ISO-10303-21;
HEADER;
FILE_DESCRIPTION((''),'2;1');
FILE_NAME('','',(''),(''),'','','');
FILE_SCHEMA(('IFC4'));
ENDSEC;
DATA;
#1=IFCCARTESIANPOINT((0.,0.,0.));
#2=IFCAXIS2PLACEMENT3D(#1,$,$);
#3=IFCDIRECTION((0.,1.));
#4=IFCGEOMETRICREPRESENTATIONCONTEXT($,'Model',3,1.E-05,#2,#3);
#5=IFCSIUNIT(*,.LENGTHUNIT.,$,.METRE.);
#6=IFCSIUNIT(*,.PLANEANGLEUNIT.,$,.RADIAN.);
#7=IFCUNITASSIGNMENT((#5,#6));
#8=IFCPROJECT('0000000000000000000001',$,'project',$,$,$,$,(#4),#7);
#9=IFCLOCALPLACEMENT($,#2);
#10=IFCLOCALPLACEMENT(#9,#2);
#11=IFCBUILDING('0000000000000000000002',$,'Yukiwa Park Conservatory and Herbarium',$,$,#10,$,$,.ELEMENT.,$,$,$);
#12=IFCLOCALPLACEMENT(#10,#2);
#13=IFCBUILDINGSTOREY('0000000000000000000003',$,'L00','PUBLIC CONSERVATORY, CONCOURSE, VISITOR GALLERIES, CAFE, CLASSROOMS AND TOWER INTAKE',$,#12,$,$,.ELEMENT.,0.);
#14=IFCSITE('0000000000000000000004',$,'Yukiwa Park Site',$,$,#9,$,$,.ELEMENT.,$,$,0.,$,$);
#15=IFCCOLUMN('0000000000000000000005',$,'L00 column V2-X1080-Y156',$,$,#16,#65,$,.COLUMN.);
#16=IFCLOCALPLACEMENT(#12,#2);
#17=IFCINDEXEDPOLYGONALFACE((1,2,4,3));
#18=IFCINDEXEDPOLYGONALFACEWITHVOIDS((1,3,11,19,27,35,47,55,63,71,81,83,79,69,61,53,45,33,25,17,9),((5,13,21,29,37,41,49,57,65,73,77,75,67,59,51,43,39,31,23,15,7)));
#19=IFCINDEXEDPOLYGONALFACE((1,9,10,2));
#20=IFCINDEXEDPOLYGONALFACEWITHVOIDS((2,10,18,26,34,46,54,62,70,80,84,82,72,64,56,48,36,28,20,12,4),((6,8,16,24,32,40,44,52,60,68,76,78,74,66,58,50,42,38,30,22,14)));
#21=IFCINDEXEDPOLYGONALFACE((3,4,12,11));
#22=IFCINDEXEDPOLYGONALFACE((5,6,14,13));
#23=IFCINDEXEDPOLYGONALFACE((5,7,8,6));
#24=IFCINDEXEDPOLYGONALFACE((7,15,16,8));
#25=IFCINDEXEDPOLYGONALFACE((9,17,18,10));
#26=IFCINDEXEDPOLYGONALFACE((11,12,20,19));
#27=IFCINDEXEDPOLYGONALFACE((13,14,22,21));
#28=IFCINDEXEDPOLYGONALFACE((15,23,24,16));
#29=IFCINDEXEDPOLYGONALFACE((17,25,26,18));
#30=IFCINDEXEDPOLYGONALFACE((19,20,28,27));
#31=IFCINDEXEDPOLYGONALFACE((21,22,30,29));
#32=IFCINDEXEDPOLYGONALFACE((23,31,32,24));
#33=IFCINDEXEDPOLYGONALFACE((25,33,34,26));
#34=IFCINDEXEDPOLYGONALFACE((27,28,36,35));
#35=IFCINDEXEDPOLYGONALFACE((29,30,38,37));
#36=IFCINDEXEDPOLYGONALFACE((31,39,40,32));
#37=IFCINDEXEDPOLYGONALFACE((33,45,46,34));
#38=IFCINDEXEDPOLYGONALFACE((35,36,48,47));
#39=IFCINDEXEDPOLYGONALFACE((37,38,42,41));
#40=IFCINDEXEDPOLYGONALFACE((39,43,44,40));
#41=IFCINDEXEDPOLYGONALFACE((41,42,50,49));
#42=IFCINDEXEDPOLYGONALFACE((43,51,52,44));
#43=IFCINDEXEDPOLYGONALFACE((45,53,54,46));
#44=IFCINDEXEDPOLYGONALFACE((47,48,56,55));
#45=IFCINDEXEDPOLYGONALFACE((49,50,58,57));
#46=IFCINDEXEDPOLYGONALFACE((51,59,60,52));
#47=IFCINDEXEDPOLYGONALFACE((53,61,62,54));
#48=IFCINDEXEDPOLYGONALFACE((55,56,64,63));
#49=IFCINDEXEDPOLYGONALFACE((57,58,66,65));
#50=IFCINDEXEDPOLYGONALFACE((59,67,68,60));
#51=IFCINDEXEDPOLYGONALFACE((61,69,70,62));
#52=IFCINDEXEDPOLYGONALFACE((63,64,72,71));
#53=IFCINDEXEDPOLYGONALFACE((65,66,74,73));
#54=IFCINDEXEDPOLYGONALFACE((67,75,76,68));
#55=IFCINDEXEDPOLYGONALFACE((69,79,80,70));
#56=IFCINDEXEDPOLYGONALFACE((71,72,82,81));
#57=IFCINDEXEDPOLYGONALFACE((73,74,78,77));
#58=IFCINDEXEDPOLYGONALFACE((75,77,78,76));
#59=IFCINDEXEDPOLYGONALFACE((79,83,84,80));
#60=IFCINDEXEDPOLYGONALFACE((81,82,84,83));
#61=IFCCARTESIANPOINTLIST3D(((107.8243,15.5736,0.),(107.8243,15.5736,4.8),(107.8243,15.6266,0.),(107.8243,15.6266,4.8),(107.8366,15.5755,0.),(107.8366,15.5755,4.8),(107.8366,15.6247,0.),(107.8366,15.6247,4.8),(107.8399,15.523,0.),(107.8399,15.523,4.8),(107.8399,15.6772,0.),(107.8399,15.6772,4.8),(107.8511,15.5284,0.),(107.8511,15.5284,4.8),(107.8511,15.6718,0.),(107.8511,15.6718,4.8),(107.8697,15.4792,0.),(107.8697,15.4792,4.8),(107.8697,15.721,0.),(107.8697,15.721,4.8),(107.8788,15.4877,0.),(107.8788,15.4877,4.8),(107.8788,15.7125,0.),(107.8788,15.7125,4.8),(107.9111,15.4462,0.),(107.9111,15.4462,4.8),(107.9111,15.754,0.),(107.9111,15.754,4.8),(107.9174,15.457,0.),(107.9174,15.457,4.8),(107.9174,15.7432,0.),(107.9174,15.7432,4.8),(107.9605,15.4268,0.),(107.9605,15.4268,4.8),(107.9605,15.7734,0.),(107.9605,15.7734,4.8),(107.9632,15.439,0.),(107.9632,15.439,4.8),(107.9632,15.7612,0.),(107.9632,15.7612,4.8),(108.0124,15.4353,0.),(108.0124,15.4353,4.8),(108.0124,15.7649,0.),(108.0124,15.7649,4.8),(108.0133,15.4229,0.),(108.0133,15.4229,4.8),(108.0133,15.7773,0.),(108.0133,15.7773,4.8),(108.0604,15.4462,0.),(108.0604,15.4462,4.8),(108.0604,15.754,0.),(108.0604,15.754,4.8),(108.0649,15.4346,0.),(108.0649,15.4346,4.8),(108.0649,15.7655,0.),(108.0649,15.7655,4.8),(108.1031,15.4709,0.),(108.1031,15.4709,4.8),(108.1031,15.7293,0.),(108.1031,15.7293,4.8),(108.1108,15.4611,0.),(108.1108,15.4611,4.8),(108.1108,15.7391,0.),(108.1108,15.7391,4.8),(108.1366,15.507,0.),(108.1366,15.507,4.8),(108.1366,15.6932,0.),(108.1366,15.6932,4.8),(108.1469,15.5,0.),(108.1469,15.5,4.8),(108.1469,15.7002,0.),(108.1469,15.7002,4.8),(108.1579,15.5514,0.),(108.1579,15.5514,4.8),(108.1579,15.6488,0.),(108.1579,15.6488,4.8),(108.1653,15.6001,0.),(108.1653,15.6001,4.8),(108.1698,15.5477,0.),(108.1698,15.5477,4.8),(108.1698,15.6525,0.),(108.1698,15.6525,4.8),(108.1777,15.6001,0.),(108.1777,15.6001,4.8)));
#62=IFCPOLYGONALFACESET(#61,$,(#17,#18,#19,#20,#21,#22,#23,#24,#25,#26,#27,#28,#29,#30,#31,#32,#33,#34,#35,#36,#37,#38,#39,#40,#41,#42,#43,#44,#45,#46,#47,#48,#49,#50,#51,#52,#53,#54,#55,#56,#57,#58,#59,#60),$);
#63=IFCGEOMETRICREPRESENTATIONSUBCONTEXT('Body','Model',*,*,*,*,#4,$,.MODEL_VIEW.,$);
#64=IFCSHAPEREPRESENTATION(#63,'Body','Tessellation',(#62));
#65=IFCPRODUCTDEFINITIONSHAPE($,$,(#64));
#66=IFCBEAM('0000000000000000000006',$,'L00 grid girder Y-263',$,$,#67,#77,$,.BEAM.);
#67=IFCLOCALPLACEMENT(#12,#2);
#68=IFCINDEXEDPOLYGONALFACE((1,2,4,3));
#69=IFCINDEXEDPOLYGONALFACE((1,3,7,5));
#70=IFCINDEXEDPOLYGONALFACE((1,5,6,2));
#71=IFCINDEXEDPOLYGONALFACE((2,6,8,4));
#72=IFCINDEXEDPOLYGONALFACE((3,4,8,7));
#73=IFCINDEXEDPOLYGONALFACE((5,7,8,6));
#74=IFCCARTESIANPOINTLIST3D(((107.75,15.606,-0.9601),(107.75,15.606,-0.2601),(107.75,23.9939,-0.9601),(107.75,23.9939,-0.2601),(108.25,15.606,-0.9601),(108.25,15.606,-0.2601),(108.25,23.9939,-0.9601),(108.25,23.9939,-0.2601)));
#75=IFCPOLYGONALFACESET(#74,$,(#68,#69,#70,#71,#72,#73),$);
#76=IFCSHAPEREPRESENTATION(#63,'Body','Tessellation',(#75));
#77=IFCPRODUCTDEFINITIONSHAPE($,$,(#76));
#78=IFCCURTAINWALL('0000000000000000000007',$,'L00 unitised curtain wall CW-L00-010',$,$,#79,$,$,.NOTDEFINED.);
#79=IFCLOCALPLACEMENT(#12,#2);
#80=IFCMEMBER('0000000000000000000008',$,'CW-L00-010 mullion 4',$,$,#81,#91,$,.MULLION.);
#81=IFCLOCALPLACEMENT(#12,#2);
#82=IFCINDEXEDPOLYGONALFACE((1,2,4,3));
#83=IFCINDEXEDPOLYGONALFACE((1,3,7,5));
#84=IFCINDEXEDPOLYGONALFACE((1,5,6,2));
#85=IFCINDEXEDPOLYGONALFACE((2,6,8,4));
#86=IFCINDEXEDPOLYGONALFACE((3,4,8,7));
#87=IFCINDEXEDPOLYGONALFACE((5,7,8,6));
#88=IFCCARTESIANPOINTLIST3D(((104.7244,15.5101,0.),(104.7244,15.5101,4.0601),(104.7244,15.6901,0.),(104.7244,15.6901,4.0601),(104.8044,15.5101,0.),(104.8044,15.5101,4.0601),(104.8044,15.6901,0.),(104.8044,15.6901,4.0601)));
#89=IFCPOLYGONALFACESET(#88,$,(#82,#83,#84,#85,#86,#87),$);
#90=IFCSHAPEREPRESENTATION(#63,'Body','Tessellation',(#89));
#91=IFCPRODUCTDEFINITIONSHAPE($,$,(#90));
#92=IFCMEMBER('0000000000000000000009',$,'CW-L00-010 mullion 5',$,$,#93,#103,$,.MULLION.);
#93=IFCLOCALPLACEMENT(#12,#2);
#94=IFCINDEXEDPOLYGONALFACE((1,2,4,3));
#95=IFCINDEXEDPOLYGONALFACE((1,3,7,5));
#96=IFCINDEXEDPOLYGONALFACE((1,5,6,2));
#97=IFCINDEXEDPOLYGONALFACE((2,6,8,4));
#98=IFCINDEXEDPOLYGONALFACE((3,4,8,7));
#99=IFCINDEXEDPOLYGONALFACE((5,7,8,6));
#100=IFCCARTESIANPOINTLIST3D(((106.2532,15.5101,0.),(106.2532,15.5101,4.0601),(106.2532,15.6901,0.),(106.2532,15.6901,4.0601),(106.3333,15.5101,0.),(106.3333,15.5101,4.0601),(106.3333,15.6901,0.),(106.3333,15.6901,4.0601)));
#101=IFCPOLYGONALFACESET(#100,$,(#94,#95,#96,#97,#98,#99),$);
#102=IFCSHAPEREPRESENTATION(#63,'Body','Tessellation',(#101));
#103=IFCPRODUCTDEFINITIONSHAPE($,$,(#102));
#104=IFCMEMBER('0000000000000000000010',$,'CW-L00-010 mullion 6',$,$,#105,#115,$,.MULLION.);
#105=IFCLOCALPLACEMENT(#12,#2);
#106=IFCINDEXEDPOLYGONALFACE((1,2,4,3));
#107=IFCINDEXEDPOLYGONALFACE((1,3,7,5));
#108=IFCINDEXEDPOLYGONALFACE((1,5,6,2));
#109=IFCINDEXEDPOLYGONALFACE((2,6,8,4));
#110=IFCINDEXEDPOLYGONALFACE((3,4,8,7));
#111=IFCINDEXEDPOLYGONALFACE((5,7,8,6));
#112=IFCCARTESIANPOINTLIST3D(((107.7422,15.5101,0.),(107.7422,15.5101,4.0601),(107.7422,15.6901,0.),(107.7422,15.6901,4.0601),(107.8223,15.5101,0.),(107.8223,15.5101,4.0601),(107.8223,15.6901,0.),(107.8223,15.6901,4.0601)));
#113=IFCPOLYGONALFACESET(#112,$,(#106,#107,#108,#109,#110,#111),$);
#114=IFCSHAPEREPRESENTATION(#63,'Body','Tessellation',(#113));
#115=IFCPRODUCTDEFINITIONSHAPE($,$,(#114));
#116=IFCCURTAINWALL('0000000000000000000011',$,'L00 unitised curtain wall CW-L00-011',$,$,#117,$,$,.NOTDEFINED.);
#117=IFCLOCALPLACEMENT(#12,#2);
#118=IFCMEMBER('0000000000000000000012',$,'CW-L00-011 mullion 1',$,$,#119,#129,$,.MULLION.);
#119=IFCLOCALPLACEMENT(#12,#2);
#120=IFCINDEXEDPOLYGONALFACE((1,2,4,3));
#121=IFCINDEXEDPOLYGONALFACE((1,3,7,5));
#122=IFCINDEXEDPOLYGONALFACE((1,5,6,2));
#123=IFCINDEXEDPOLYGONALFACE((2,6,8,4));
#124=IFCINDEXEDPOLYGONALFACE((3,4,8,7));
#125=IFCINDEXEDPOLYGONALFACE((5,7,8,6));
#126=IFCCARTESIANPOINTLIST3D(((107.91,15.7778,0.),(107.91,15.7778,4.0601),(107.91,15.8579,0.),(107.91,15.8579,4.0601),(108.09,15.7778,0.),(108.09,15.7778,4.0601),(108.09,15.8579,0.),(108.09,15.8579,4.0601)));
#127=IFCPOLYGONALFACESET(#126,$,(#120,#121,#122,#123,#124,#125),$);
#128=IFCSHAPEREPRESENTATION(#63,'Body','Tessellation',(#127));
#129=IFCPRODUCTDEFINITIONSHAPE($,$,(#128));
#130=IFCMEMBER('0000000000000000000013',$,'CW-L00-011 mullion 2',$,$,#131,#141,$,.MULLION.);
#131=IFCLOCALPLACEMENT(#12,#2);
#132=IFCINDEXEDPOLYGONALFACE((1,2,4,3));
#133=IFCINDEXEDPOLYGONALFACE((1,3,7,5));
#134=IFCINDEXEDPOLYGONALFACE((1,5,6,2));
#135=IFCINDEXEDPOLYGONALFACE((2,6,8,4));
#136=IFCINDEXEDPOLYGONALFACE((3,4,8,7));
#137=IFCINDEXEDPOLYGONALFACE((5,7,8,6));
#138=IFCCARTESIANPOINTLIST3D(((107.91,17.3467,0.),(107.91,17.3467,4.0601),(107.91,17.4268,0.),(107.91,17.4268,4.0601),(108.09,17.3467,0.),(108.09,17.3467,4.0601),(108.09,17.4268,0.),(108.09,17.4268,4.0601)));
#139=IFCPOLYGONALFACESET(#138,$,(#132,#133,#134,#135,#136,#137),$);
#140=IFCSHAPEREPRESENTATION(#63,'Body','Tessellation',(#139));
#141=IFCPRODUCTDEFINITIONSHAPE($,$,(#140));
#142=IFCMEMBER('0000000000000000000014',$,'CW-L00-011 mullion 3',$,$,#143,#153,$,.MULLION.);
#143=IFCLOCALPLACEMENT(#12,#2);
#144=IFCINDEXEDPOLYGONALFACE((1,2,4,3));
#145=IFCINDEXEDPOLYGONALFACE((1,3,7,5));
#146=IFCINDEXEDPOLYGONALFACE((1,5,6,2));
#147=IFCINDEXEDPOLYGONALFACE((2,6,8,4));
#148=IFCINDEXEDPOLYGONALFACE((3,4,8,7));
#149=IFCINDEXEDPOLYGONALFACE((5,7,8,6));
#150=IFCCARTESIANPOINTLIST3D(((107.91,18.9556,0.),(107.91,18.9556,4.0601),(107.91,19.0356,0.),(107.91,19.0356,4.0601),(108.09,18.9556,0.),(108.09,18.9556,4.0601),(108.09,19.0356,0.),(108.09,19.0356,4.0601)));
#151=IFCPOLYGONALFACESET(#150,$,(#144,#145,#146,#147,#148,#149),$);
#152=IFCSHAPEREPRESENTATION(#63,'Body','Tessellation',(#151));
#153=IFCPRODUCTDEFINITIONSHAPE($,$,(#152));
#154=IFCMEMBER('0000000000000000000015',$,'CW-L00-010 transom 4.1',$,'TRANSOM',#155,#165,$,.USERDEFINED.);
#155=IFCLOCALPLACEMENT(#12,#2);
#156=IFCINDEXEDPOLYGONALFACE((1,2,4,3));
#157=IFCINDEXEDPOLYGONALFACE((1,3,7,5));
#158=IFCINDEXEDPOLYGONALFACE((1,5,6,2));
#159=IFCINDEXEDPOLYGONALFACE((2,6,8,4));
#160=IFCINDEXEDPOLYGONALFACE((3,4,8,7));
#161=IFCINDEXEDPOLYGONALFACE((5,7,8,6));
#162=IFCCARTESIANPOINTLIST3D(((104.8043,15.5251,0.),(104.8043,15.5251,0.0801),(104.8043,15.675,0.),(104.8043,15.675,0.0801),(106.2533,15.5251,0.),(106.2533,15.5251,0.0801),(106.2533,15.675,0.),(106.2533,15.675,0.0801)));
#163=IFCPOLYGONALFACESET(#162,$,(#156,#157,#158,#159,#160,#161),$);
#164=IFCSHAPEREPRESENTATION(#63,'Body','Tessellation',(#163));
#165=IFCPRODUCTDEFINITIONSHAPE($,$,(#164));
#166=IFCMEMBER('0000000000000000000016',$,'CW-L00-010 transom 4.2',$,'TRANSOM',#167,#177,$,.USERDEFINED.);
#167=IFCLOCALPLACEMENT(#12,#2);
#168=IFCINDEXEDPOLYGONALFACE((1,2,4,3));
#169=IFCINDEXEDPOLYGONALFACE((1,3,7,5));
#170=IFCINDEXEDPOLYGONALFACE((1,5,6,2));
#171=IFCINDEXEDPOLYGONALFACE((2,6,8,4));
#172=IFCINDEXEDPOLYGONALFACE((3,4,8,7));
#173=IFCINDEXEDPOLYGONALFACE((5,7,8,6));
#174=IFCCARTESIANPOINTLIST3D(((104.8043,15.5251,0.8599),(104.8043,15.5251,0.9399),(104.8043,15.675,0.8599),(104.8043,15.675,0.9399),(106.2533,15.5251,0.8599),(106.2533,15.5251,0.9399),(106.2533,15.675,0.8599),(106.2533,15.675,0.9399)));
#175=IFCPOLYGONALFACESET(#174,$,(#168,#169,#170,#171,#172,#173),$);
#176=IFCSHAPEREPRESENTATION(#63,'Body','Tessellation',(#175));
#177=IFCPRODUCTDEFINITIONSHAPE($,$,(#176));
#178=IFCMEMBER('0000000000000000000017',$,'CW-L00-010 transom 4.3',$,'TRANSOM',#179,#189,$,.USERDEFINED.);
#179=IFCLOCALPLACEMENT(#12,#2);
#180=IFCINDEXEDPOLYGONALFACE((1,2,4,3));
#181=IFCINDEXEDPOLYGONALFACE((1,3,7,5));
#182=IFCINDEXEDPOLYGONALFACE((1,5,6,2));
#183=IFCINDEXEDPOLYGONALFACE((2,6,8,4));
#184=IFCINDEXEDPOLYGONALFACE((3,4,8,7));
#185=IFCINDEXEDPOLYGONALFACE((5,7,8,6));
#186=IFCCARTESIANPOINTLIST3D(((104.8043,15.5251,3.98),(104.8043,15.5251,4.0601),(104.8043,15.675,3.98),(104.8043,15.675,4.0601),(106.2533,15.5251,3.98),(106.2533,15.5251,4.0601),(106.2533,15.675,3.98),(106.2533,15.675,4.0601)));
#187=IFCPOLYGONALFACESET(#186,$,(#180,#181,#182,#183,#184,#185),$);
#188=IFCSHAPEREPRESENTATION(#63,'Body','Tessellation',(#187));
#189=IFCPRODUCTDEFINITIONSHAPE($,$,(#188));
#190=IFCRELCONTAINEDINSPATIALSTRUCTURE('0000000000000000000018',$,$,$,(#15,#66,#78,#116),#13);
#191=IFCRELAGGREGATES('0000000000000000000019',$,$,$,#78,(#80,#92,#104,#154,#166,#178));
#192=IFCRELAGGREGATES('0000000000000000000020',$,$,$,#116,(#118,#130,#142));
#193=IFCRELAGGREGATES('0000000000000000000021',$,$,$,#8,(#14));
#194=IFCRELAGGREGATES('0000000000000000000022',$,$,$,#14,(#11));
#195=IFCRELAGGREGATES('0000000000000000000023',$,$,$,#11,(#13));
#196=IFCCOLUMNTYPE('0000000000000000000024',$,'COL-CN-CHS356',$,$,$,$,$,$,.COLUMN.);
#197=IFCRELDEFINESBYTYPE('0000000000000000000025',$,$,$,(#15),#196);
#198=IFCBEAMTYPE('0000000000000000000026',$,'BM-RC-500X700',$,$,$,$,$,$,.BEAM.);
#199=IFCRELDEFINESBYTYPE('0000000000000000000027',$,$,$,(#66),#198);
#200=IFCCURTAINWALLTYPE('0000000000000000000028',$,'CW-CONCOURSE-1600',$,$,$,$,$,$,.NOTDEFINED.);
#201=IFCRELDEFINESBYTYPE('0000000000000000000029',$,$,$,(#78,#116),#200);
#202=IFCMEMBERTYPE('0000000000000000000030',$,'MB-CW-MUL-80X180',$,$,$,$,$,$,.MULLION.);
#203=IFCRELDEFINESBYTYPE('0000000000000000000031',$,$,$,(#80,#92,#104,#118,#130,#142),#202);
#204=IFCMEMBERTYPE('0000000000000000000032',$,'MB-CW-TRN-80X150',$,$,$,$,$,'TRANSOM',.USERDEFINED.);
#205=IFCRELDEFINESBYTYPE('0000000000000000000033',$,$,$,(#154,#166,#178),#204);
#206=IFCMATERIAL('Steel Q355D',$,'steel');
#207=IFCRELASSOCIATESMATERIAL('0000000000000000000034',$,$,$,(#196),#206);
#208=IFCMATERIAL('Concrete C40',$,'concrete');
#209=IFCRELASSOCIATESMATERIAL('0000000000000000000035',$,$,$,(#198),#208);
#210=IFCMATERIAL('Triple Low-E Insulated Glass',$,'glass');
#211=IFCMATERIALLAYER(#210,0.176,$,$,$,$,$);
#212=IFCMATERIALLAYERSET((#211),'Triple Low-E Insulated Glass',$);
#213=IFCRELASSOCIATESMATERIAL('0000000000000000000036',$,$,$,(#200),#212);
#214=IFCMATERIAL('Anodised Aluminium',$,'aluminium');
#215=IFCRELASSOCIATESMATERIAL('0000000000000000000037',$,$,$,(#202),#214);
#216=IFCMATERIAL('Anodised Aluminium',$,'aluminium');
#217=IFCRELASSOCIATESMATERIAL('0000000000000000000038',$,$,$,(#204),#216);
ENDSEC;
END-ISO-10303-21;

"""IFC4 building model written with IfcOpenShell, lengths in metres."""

from ifc_helpers import new_model, si_unit, direction, frame, origin, origin_2d, place, context, subcontext, project, spatial, rectangle, hollow_circle, extrude, material, layer, layer_set, material_profile, profile_set, type_object, element, aggregate, save


model = new_model("IFC4")

# Units and contexts
model_context = context("Model", 3, precision=1e-05, world=origin(), true_north=direction((0.0, 1.0)))
body_context = subcontext(model_context, "Body", "Model", "MODEL_VIEW")
ifc_project = project(units=[si_unit("LENGTHUNIT", "METRE"), si_unit("PLANEANGLEUNIT", "RADIAN")], contexts=[model_context])

# Site, building, storey
site_placement = place(None, origin())
site = spatial("IfcSite", under=ifc_project, at=site_placement, Name="Yukiwa Park Site", CompositionType="ELEMENT", RefElevation=0.0)
building_placement = place(site_placement, origin())
building = spatial("IfcBuilding", under=site, at=building_placement, Name="Yukiwa Park Conservatory and Herbarium", CompositionType="ELEMENT")
storey_placement = place(building_placement, origin())
storey = spatial("IfcBuildingStorey", under=building, at=storey_placement, Name="L00", Description="PUBLIC CONSERVATORY, CONCOURSE, VISITOR GALLERIES, CAFE, CLASSROOMS AND TOWER INTAKE", CompositionType="ELEMENT", Elevation=0.0)

# Column
ifc_material_1 = material(Name="Steel Q355D", Category="steel")
ifc_material_profile_1 = material_profile(ifc_material_1, hollow_circle(Radius=0.1777, WallThickness=0.0125, at=origin_2d()), Name="CHS 355.6x12.5")
ifc_profile_set_1 = profile_set([ifc_material_profile_1], Name="Steel Q355D")
column_type = type_object("IfcColumnType", Name="COL-CN-CHS356", PredefinedType="COLUMN", material=ifc_profile_set_1)
column_placement = place(storey_placement, frame((108.0, 15.6001, 0.0), z_axis=(0.0, 0.0, 1.0), x_axis=(1.0, 0.0, 0.0)))
element("IfcColumn", 1, at=column_placement, inside=storey, type_object=column_type, Name="L00 column V2-X1080-Y156", PredefinedType="COLUMN", context=body_context, shape_type="SweptSolid", body=[
    extrude(hollow_circle(Radius=0.1777, WallThickness=0.0125, at=origin_2d()), origin(), (0.0, 0.0, 1.0), 4.8),
])

# Beam
ifc_material_2 = material(Name="Concrete C40", Category="concrete")
ifc_material_profile_2 = material_profile(ifc_material_2, rectangle(XDim=0.5, YDim=0.7, at=origin_2d()), Name="RC 500x700")
ifc_profile_set_2 = profile_set([ifc_material_profile_2], Name="Concrete C40")
beam_type = type_object("IfcBeamType", Name="BM-RC-500X700", PredefinedType="BEAM", material=ifc_profile_set_2)
beam_placement = place(storey_placement, frame((108.0, 15.606, -0.6101), z_axis=(0.0, 1.0, 0.0), x_axis=(-1.0, 0.0, 0.0)))
element("IfcBeam", 2, at=beam_placement, inside=storey, type_object=beam_type, Name="L00 grid girder Y-263", PredefinedType="BEAM", context=body_context, shape_type="SweptSolid", body=[
    extrude(rectangle(XDim=0.5, YDim=0.7, at=origin_2d()), origin(), (0.0, 0.0, 1.0), 8.3879),
])

# Curtain walls, members
ifc_material_3 = material(Name="Triple Low-E Insulated Glass", Category="glass")
ifc_layer_1 = layer(ifc_material_3, 0.176)
ifc_layer_set_1 = layer_set([ifc_layer_1], Name="Triple Low-E Insulated Glass")
curtain_wall_type = type_object("IfcCurtainWallType", Name="CW-CONCOURSE-1600", PredefinedType="NOTDEFINED", material=ifc_layer_set_1)
curtain_wall_1_placement = place(storey_placement, origin())
curtain_wall_1 = element("IfcCurtainWall", 3, at=curtain_wall_1_placement, inside=storey, type_object=curtain_wall_type, Name="L00 unitised curtain wall CW-L00-010", PredefinedType="NOTDEFINED")
ifc_material_4 = material(Name="Anodised Aluminium", Category="aluminium")
member_type_1 = type_object("IfcMemberType", Name="MB-CW-MUL-80X180", PredefinedType="MULLION", material=ifc_material_4)
member_1_placement = place(storey_placement, frame((104.7644, 15.6001, 0.0), z_axis=(0.0, 0.0, 1.0), x_axis=(1.0, 0.0, 0.0)))
member_1 = element("IfcMember", 4, at=member_1_placement, type_object=member_type_1, Name="CW-L00-010 mullion 4", PredefinedType="MULLION", context=body_context, shape_type="SweptSolid", body=[
    extrude(rectangle(XDim=0.0801, YDim=0.1799, at=origin_2d()), origin(), (0.0, 0.0, 1.0), 4.0601),
])
member_2_placement = place(storey_placement, frame((106.2932, 15.6001, 0.0), z_axis=(0.0, 0.0, 1.0), x_axis=(1.0, 0.0, 0.0)))
member_2 = element("IfcMember", 5, at=member_2_placement, type_object=member_type_1, Name="CW-L00-010 mullion 5", PredefinedType="MULLION", context=body_context, shape_type="SweptSolid", body=[
    extrude(rectangle(XDim=0.0801, YDim=0.1799, at=origin_2d()), origin(), (0.0, 0.0, 1.0), 4.0601),
])
member_3_placement = place(storey_placement, frame((107.7822, 15.6001, 0.0), z_axis=(0.0, 0.0, 1.0), x_axis=(1.0, 0.0, 0.0)))
member_3 = element("IfcMember", 6, at=member_3_placement, type_object=member_type_1, Name="CW-L00-010 mullion 6", PredefinedType="MULLION", context=body_context, shape_type="SweptSolid", body=[
    extrude(rectangle(XDim=0.0801, YDim=0.1799, at=origin_2d()), origin(), (0.0, 0.0, 1.0), 4.0601),
])
curtain_wall_2_placement = place(storey_placement, origin())
curtain_wall_2 = element("IfcCurtainWall", 7, at=curtain_wall_2_placement, inside=storey, type_object=curtain_wall_type, Name="L00 unitised curtain wall CW-L00-011", PredefinedType="NOTDEFINED")
member_4_placement = place(storey_placement, frame((108.0, 15.8179, 0.0), z_axis=(0.0, 0.0, 1.0), x_axis=(0.0, 1.0, 0.0)))
member_4 = element("IfcMember", 8, at=member_4_placement, type_object=member_type_1, Name="CW-L00-011 mullion 1", PredefinedType="MULLION", context=body_context, shape_type="SweptSolid", body=[
    extrude(rectangle(XDim=0.0801, YDim=0.1799, at=origin_2d()), origin(), (0.0, 0.0, 1.0), 4.0601),
])
member_5_placement = place(storey_placement, frame((108.0, 17.3867, 0.0), z_axis=(0.0, 0.0, 1.0), x_axis=(0.0, 1.0, 0.0)))
member_5 = element("IfcMember", 9, at=member_5_placement, type_object=member_type_1, Name="CW-L00-011 mullion 2", PredefinedType="MULLION", context=body_context, shape_type="SweptSolid", body=[
    extrude(rectangle(XDim=0.0801, YDim=0.1799, at=origin_2d()), origin(), (0.0, 0.0, 1.0), 4.0601),
])
member_6_placement = place(storey_placement, frame((108.0, 18.9956, 0.0), z_axis=(0.0, 0.0, 1.0), x_axis=(0.0, 1.0, 0.0)))
member_6 = element("IfcMember", 10, at=member_6_placement, type_object=member_type_1, Name="CW-L00-011 mullion 3", PredefinedType="MULLION", context=body_context, shape_type="SweptSolid", body=[
    extrude(rectangle(XDim=0.0801, YDim=0.1799, at=origin_2d()), origin(), (0.0, 0.0, 1.0), 4.0601),
])

# Members
ifc_material_5 = material(Name="Anodised Aluminium", Category="aluminium")
member_type_2 = type_object("IfcMemberType", Name="MB-CW-TRN-80X150", ElementType="TRANSOM", PredefinedType="USERDEFINED", material=ifc_material_5)
member_7_placement = place(storey_placement, frame((105.5288, 15.6001, 0.0), z_axis=(0.0, 0.0, 1.0), x_axis=(1.0, 0.0, 0.0)))
member_7 = element("IfcMember", 11, at=member_7_placement, type_object=member_type_2, Name="CW-L00-010 transom 4.1", ObjectType="TRANSOM", PredefinedType="USERDEFINED", context=body_context, shape_type="SweptSolid", body=[
    extrude(rectangle(XDim=1.449, YDim=0.1499, at=origin_2d()), origin(), (0.0, 0.0, 1.0), 0.0801),
])
member_8_placement = place(storey_placement, frame((105.5288, 15.6001, 0.8599), z_axis=(0.0, 0.0, 1.0), x_axis=(1.0, 0.0, 0.0)))
member_8 = element("IfcMember", 12, at=member_8_placement, type_object=member_type_2, Name="CW-L00-010 transom 4.2", ObjectType="TRANSOM", PredefinedType="USERDEFINED", context=body_context, shape_type="SweptSolid", body=[
    extrude(rectangle(XDim=1.449, YDim=0.1499, at=origin_2d()), origin(), (0.0, 0.0, 1.0), 0.0801),
])
member_9_placement = place(storey_placement, frame((105.5288, 15.6001, 3.98), z_axis=(0.0, 0.0, 1.0), x_axis=(1.0, 0.0, 0.0)))
member_9 = element("IfcMember", 13, at=member_9_placement, type_object=member_type_2, Name="CW-L00-010 transom 4.3", ObjectType="TRANSOM", PredefinedType="USERDEFINED", context=body_context, shape_type="SweptSolid", body=[
    extrude(rectangle(XDim=1.449, YDim=0.1499, at=origin_2d()), origin(), (0.0, 0.0, 1.0), 0.0801),
])

aggregate(curtain_wall_1, [member_1, member_2, member_3, member_7, member_8, member_9])
aggregate(curtain_wall_2, [member_4, member_5, member_6])

save(model, "model.ifc")
